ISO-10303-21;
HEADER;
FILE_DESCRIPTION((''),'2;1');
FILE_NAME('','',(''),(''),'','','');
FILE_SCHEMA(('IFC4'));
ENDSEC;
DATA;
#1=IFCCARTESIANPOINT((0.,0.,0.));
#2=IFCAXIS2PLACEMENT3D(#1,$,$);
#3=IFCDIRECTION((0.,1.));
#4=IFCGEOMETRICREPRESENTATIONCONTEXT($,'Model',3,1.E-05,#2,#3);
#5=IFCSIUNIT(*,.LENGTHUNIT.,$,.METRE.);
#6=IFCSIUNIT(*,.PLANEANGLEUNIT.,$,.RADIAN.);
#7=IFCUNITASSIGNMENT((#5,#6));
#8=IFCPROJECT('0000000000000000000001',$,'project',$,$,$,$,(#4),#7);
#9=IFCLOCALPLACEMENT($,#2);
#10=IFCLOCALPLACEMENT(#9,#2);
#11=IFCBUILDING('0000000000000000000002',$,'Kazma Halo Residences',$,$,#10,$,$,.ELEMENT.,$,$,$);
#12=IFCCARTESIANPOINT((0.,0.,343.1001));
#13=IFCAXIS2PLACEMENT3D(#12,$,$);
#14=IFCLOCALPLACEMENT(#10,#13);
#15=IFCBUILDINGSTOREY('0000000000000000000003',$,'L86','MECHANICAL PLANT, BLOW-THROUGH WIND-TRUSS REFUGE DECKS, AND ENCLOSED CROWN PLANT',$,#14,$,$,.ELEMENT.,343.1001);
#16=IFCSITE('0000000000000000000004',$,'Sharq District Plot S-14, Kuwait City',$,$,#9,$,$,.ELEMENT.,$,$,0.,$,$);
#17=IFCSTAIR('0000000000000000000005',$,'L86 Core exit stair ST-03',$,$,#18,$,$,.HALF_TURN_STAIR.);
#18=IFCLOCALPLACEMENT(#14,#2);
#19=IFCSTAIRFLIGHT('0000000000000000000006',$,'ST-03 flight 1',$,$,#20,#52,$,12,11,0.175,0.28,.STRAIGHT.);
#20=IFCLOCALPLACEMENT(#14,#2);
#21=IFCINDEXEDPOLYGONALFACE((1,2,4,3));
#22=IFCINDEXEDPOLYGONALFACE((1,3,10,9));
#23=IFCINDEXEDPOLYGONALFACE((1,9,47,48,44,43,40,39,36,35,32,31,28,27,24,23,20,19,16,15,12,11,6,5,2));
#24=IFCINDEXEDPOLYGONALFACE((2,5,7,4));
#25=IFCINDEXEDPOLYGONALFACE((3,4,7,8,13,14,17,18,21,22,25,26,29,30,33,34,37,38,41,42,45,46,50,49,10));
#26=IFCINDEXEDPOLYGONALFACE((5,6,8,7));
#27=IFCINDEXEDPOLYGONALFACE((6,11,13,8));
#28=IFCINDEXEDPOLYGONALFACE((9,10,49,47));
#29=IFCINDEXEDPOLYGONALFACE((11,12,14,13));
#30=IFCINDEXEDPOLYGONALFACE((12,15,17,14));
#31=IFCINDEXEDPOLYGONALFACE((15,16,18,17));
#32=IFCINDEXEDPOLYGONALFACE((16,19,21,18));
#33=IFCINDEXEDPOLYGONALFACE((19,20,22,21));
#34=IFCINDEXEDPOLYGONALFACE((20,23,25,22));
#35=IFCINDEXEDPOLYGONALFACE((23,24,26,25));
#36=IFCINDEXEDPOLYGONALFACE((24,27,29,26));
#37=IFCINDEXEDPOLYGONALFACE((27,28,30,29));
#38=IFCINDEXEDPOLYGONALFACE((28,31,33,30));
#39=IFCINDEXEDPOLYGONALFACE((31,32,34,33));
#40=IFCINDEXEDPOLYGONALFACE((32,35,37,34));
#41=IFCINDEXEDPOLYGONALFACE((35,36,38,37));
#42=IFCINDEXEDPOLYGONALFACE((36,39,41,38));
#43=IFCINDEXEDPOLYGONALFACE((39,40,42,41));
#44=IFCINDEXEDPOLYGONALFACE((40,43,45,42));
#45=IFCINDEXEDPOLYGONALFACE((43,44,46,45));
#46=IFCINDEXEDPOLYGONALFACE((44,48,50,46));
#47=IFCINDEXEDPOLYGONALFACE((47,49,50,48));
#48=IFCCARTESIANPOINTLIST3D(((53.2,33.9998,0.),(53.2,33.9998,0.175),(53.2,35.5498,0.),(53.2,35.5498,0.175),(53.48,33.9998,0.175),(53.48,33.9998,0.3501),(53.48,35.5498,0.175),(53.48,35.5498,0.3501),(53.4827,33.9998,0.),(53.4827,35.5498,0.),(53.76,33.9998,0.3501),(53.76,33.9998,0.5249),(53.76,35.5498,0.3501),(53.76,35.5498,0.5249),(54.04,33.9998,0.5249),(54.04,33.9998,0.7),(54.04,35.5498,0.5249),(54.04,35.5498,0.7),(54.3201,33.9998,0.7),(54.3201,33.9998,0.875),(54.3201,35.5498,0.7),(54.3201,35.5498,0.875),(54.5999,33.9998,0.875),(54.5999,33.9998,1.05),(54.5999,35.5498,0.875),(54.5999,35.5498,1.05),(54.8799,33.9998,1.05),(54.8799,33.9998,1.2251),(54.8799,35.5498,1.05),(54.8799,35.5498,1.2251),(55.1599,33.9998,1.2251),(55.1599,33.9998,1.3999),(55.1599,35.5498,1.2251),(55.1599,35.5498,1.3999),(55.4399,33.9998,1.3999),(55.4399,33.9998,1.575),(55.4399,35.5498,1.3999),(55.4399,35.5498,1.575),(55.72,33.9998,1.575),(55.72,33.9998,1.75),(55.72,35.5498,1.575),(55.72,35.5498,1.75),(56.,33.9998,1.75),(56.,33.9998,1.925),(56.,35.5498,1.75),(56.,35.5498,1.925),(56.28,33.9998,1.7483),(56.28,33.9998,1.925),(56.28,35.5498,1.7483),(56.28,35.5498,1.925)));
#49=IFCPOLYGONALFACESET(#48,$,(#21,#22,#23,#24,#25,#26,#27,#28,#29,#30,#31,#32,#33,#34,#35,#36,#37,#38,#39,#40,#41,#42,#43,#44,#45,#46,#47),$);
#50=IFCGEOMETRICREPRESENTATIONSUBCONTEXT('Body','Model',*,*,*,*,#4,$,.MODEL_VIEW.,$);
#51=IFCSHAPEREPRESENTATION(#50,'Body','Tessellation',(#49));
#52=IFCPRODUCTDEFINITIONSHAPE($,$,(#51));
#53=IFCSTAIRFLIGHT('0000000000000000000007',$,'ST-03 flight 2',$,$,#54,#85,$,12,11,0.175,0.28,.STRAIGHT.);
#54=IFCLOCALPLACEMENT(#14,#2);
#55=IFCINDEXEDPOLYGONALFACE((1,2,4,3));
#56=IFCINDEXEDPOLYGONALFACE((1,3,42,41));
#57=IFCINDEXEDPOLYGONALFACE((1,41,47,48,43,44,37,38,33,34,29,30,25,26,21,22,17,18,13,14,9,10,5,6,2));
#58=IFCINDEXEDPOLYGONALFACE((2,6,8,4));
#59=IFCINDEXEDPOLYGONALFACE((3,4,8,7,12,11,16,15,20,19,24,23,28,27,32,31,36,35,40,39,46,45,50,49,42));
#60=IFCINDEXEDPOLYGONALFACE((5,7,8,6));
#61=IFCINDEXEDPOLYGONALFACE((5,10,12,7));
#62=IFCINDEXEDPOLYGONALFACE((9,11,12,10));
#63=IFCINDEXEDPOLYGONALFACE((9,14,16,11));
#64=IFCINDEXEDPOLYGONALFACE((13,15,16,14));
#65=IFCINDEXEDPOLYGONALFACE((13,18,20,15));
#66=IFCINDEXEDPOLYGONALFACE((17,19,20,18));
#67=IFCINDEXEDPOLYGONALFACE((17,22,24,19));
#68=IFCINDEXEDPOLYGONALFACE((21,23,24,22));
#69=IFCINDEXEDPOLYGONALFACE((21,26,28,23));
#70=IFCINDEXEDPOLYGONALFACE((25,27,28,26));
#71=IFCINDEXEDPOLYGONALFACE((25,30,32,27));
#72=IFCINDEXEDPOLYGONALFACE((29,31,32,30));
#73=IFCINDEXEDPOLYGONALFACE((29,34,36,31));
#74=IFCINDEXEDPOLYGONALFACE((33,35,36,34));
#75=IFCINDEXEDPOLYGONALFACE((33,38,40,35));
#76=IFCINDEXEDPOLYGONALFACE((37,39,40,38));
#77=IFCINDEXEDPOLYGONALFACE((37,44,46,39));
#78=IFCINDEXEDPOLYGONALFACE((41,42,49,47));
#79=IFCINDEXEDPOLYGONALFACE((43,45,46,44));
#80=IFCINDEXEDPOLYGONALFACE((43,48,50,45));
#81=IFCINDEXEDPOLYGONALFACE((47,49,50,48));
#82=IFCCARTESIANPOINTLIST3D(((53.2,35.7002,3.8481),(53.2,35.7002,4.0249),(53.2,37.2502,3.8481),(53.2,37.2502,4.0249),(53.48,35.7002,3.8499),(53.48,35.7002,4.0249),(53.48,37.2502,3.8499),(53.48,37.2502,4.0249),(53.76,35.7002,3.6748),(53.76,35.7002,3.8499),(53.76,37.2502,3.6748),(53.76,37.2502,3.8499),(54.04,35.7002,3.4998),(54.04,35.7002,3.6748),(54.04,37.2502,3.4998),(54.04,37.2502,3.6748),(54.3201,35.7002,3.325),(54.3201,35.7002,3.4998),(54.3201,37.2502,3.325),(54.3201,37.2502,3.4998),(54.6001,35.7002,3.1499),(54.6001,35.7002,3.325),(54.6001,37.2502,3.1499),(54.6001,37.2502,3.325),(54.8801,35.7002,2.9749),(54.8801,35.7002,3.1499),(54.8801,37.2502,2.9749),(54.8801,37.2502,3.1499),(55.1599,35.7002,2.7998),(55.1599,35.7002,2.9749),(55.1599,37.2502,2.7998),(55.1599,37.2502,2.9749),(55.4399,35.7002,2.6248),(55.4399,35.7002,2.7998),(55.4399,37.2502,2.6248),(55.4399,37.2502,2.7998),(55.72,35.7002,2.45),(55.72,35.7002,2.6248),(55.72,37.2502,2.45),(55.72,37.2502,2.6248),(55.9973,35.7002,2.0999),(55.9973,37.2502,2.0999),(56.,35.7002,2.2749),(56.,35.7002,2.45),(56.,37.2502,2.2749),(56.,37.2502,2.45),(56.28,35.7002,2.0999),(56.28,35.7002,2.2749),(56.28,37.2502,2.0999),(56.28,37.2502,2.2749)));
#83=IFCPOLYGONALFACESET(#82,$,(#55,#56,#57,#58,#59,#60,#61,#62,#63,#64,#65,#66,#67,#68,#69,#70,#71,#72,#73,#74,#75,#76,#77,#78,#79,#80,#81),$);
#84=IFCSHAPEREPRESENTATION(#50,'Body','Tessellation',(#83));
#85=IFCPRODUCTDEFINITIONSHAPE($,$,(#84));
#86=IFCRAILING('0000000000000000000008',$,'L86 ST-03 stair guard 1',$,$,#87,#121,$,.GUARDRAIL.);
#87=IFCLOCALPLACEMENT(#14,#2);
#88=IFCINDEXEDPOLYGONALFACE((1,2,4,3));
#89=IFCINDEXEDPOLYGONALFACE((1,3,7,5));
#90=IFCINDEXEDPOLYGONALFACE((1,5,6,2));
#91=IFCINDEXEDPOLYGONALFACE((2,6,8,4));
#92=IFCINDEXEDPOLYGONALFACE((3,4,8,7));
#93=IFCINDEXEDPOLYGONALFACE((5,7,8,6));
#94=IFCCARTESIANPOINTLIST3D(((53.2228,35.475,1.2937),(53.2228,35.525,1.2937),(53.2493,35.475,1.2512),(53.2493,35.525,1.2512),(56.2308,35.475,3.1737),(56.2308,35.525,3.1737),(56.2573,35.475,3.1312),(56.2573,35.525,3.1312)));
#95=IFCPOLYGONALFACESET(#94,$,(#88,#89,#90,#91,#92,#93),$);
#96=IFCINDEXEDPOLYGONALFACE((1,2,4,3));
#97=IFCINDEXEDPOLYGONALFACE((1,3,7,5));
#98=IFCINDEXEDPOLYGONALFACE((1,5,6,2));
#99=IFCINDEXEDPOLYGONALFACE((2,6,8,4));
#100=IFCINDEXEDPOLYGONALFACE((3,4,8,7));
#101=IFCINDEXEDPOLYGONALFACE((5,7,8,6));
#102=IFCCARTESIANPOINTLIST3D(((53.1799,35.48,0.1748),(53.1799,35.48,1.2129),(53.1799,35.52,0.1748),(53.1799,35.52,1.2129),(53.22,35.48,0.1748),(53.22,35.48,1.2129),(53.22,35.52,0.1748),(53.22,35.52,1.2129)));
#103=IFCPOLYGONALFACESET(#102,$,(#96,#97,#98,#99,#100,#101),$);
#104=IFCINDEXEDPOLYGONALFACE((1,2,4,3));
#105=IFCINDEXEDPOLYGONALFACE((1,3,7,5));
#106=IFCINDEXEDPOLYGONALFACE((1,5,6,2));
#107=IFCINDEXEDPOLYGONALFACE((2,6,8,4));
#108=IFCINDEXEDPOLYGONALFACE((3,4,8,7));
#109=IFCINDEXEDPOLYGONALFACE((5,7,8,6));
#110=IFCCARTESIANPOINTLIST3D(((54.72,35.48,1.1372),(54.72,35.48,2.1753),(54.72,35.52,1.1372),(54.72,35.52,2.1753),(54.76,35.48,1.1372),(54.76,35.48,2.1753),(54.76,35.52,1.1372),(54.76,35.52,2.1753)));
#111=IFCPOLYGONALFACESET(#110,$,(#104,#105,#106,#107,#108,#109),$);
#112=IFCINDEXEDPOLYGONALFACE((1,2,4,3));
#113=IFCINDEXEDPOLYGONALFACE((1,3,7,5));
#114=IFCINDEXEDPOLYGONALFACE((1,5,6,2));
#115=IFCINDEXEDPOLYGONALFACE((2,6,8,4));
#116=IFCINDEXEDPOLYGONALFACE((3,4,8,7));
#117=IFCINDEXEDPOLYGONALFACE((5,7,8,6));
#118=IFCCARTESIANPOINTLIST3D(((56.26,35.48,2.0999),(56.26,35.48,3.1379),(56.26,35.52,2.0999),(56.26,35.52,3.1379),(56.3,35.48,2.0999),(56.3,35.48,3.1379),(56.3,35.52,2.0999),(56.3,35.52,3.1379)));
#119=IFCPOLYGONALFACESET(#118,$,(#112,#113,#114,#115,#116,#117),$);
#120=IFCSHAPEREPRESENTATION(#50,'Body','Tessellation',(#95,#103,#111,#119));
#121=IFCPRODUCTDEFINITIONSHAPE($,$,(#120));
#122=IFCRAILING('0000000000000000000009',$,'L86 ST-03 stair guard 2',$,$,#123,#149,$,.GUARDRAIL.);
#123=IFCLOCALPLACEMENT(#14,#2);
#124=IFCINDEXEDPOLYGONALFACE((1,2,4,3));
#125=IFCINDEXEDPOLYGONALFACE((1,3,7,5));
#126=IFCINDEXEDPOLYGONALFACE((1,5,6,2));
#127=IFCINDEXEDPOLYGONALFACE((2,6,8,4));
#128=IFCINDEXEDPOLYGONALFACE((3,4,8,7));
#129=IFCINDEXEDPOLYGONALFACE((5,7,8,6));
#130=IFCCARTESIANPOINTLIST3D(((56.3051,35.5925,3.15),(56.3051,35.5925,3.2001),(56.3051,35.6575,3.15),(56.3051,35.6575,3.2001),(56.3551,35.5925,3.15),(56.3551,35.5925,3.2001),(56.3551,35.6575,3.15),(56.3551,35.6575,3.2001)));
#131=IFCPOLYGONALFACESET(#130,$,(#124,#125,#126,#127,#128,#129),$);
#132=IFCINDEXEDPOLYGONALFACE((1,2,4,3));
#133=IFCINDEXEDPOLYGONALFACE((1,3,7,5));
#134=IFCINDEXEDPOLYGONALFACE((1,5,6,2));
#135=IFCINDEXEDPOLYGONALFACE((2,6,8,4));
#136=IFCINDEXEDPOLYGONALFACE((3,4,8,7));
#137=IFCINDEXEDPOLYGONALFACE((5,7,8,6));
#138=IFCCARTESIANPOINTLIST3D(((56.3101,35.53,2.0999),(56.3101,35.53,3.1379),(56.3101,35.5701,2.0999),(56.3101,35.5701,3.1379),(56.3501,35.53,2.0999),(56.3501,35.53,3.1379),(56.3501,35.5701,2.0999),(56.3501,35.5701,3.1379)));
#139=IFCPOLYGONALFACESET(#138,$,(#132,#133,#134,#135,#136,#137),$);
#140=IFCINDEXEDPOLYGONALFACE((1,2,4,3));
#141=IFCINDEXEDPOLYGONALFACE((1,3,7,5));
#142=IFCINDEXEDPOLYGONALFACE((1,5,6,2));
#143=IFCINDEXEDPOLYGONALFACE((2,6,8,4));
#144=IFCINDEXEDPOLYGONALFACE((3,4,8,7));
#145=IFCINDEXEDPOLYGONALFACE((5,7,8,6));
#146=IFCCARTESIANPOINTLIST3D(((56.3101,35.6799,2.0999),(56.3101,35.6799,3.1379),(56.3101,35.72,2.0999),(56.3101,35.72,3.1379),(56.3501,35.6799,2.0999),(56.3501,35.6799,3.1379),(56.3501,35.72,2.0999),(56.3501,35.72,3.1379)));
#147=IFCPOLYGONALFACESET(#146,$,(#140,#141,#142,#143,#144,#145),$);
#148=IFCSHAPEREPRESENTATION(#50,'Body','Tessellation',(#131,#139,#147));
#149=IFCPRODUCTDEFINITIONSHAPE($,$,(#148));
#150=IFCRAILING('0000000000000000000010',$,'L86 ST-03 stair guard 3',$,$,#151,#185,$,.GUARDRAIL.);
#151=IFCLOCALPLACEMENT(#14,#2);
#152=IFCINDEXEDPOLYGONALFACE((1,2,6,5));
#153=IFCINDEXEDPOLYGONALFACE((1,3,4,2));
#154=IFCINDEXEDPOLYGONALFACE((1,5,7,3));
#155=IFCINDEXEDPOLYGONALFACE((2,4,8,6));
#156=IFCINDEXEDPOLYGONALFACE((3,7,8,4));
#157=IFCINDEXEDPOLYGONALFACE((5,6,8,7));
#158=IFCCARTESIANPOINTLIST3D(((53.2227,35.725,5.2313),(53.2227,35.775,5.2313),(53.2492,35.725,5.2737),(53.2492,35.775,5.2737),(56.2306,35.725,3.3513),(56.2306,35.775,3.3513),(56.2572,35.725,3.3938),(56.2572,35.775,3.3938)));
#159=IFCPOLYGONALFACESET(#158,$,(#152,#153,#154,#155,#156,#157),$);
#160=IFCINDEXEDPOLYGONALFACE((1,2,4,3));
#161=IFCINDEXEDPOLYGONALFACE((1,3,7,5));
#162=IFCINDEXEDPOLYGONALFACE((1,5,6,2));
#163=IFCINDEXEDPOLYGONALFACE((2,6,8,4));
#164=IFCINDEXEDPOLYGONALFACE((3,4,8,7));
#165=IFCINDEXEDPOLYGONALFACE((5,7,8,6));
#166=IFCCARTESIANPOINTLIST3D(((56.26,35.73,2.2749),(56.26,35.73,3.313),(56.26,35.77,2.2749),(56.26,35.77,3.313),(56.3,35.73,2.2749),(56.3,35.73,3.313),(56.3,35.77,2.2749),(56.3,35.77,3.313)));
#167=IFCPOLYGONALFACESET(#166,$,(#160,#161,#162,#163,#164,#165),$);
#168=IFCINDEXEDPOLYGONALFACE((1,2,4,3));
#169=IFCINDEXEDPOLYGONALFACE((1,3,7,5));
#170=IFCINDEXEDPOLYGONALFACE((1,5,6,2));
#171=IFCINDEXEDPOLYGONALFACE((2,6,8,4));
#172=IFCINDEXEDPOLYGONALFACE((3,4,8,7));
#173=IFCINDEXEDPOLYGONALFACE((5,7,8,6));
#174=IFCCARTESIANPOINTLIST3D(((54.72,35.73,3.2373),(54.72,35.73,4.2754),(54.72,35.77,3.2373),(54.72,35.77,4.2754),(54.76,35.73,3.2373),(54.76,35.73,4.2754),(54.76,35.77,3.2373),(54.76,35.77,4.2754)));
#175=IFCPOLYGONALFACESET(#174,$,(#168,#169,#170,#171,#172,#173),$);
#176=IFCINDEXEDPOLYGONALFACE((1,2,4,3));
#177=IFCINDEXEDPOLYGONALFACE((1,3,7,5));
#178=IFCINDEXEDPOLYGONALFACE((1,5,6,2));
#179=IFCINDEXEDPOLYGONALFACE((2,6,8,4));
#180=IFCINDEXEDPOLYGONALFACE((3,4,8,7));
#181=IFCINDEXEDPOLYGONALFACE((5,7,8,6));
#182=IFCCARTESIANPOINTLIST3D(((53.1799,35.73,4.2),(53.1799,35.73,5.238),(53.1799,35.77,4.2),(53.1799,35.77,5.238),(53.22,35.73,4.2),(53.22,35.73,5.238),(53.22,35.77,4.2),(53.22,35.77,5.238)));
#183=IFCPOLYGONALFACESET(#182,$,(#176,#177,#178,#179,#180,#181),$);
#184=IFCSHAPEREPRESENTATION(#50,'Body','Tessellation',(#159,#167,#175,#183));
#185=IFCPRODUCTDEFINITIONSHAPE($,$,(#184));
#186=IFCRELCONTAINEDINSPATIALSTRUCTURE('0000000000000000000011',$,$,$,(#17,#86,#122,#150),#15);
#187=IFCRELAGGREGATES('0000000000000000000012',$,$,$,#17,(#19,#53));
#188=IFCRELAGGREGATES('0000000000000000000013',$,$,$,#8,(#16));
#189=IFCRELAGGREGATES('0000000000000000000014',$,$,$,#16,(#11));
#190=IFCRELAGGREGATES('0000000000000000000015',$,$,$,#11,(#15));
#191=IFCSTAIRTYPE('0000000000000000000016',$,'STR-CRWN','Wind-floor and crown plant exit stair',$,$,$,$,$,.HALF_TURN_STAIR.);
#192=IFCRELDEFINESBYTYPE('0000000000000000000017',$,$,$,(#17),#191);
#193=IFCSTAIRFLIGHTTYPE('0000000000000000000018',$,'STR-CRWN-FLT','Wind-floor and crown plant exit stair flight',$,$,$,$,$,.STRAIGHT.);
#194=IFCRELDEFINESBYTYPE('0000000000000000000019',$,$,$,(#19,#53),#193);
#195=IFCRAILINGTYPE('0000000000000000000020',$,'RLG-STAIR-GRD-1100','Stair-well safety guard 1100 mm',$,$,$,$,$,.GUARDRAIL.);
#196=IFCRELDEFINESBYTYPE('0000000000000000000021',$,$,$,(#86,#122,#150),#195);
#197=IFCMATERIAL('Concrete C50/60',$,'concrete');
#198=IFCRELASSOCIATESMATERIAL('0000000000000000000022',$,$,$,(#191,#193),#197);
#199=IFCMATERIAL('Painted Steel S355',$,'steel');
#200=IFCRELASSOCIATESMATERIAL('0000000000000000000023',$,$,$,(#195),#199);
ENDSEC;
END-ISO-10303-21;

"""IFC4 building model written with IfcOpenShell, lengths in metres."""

from ifc_helpers import new_model, si_unit, direction, frame, origin, origin_2d, place, context, subcontext, project, spatial, polyline, rectangle, outline, extrude, material, type_object, element, aggregate, save


model = new_model("IFC4")

# Units and contexts
model_context = context("Model", 3, precision=1e-05, world=origin(), true_north=direction((0.0, 1.0)))
body_context = subcontext(model_context, "Body", "Model", "MODEL_VIEW")
ifc_project = project(units=[si_unit("LENGTHUNIT", "METRE"), si_unit("PLANEANGLEUNIT", "RADIAN")], contexts=[model_context])

# Site, building, storey
site_placement = place(None, origin())
site = spatial("IfcSite", under=ifc_project, at=site_placement, Name="Sharq District Plot S-14, Kuwait City", CompositionType="ELEMENT", RefElevation=0.0)
building_placement = place(site_placement, origin())
building = spatial("IfcBuilding", under=site, at=building_placement, Name="Kazma Halo Residences", CompositionType="ELEMENT")
storey_placement = place(building_placement, frame((0.0, 0.0, 343.1001)))
storey = spatial("IfcBuildingStorey", under=building, at=storey_placement, Name="L86", Description="MECHANICAL PLANT, BLOW-THROUGH WIND-TRUSS REFUGE DECKS, AND ENCLOSED CROWN PLANT", CompositionType="ELEMENT", Elevation=343.1001)

# Shared definitions
ifc_material_1 = material(Name="Concrete C50/60", Category="concrete")

# Stair, stair flights
stair_type = type_object("IfcStairType", Name="STR-CRWN", Description="Wind-floor and crown plant exit stair", PredefinedType="HALF_TURN_STAIR", material=ifc_material_1)
stair_placement = place(storey_placement, origin())
stair = element("IfcStair", 1, at=stair_placement, inside=storey, type_object=stair_type, Name="L86 Core exit stair ST-03", PredefinedType="HALF_TURN_STAIR")
stair_flight_type = type_object("IfcStairFlightType", Name="STR-CRWN-FLT", Description="Wind-floor and crown plant exit stair flight", PredefinedType="STRAIGHT", material=ifc_material_1)
stair_flight_1_placement = place(storey_placement, frame((53.2, 34.7749, 0.0), z_axis=(0.0, 0.0, 1.0), x_axis=(1.0, 0.0, 0.0)))
stair_flight_1 = element("IfcStairFlight", 2, at=stair_flight_1_placement, type_object=stair_flight_type, Name="ST-03 flight 1", NumberOfRisers=12, NumberOfTreads=11, PredefinedType="STRAIGHT", RiserHeight=0.175, TreadLength=0.28, context=body_context, shape_type="SweptSolid", body=[
    extrude(outline(polyline([(0.0, 0.0), (0.0, 0.175), (0.28, 0.175), (0.28, 0.3501), (0.5601, 0.3501), (0.5601, 0.5249), (0.8401, 0.5249), (0.8401, 0.7), (1.1201, 0.7), (1.1201, 0.875), (1.3999, 0.875), (1.3999, 1.05), (1.6799, 1.05), (1.6799, 1.2251), (1.96, 1.2251), (1.96, 1.3999), (2.24, 1.3999), (2.24, 1.575), (2.52, 1.575), (2.52, 1.75), (2.8, 1.75), (2.8, 1.925), (3.0801, 1.925), (3.0801, 2.1001), (3.0801, 1.7483), (0.2827, 0.0), (0.0, 0.0)])), frame((0.0, 0.7749, 0.0), z_axis=(0.0, -1.0, 0.0), x_axis=(1.0, 0.0, 0.0)), (0.0, 0.0, 1.0), 1.55),
])
stair_flight_2_placement = place(storey_placement, frame((56.28, 36.4751, 2.0999), z_axis=(0.0, 0.0, 1.0), x_axis=(-1.0, 0.0, 0.0)))
stair_flight_2 = element("IfcStairFlight", 3, at=stair_flight_2_placement, type_object=stair_flight_type, Name="ST-03 flight 2", NumberOfRisers=12, NumberOfTreads=11, PredefinedType="STRAIGHT", RiserHeight=0.175, TreadLength=0.28, context=body_context, shape_type="SweptSolid", body=[
    extrude(outline(polyline([(0.0, 0.0), (0.0, 0.175), (0.28, 0.175), (0.28, 0.3501), (0.5601, 0.3501), (0.5601, 0.5249), (0.8401, 0.5249), (0.8401, 0.7), (1.1201, 0.7), (1.1201, 0.875), (1.3999, 0.875), (1.3999, 1.05), (1.6799, 1.05), (1.6799, 1.2251), (1.96, 1.2251), (1.96, 1.3999), (2.24, 1.3999), (2.24, 1.575), (2.52, 1.575), (2.52, 1.75), (2.8, 1.75), (2.8, 1.925), (3.0801, 1.925), (3.0801, 2.1001), (3.0801, 1.7483), (0.2827, 0.0), (0.0, 0.0)])), frame((0.0, 0.7749, 0.0), z_axis=(0.0, -1.0, 0.0), x_axis=(1.0, 0.0, 0.0)), (0.0, 0.0, 1.0), 1.55),
])
aggregate(stair, [stair_flight_1, stair_flight_2])

# Railings
ifc_material_2 = material(Name="Painted Steel S355", Category="steel")
railing_type_1 = type_object("IfcRailingType", Name="RLG-STAIR-GRD-1100", Description="Stair-well safety guard 1100 mm", PredefinedType="GUARDRAIL", material=ifc_material_2)
railing_1_placement = place(storey_placement, frame((53.2, 35.5, 0.1748)))
element("IfcRailing", 4, at=railing_1_placement, inside=storey, type_object=railing_type_1, Name="L86 ST-03 stair guard 1", PredefinedType="GUARDRAIL", context=body_context, shape_type="SweptSolid", body=[
    extrude(rectangle(XDim=0.05, YDim=0.05, at=origin_2d()), frame((0.0361, 0.0, 1.0977), z_axis=(0.847998, 0.0, 0.529999), x_axis=(0.0, 1.0, 0.0)), (0.0, 0.0, 1.0), 3.5471),
    extrude(rectangle(XDim=0.04, YDim=0.04, at=origin_2d()), origin(), (0.0, 0.0, 1.0), 1.0381),
    extrude(rectangle(XDim=0.04, YDim=0.04, at=origin_2d()), frame((1.54, 0.0, 0.9624)), (0.0, 0.0, 1.0), 1.0381),
    extrude(rectangle(XDim=0.04, YDim=0.04, at=origin_2d()), frame((3.0801, 0.0, 1.925)), (0.0, 0.0, 1.0), 1.0381),
])
railing_2_placement = place(storey_placement, frame((56.3301, 35.55, 2.0999)))
element("IfcRailing", 5, at=railing_2_placement, inside=storey, type_object=railing_type_1, Name="L86 ST-03 stair guard 2", PredefinedType="GUARDRAIL", context=body_context, shape_type="SweptSolid", body=[
    extrude(rectangle(XDim=0.05, YDim=0.05, at=origin_2d()), frame((0.0, 0.0425, 1.0752), z_axis=(0.0, 1.0, 0.0), x_axis=(-1.0, 0.0, 0.0)), (0.0, 0.0, 1.0), 0.0649),
    extrude(rectangle(XDim=0.04, YDim=0.04, at=origin_2d()), origin(), (0.0, 0.0, 1.0), 1.0381),
    extrude(rectangle(XDim=0.04, YDim=0.04, at=origin_2d()), frame((0.0, 0.1499, 0.0)), (0.0, 0.0, 1.0), 1.0381),
])
railing_3_placement = place(storey_placement, frame((56.28, 35.75, 2.2749)))
element("IfcRailing", 6, at=railing_3_placement, inside=storey, type_object=railing_type_1, Name="L86 ST-03 stair guard 3", PredefinedType="GUARDRAIL", context=body_context, shape_type="SweptSolid", body=[
    extrude(rectangle(XDim=0.05, YDim=0.05, at=origin_2d()), frame((-0.0361, 0.0, 1.0977), z_axis=(-0.847998, 0.0, 0.529999), x_axis=(0.0, -1.0, 0.0)), (0.0, 0.0, 1.0), 3.5471),
    extrude(rectangle(XDim=0.04, YDim=0.04, at=origin_2d()), origin(), (0.0, 0.0, 1.0), 1.0381),
    extrude(rectangle(XDim=0.04, YDim=0.04, at=origin_2d()), frame((-1.54, 0.0, 0.9624)), (0.0, 0.0, 1.0), 1.0381),
    extrude(rectangle(XDim=0.04, YDim=0.04, at=origin_2d()), frame((-3.0801, 0.0, 1.925)), (0.0, 0.0, 1.0), 1.0381),
])

save(model, "model.ifc")
